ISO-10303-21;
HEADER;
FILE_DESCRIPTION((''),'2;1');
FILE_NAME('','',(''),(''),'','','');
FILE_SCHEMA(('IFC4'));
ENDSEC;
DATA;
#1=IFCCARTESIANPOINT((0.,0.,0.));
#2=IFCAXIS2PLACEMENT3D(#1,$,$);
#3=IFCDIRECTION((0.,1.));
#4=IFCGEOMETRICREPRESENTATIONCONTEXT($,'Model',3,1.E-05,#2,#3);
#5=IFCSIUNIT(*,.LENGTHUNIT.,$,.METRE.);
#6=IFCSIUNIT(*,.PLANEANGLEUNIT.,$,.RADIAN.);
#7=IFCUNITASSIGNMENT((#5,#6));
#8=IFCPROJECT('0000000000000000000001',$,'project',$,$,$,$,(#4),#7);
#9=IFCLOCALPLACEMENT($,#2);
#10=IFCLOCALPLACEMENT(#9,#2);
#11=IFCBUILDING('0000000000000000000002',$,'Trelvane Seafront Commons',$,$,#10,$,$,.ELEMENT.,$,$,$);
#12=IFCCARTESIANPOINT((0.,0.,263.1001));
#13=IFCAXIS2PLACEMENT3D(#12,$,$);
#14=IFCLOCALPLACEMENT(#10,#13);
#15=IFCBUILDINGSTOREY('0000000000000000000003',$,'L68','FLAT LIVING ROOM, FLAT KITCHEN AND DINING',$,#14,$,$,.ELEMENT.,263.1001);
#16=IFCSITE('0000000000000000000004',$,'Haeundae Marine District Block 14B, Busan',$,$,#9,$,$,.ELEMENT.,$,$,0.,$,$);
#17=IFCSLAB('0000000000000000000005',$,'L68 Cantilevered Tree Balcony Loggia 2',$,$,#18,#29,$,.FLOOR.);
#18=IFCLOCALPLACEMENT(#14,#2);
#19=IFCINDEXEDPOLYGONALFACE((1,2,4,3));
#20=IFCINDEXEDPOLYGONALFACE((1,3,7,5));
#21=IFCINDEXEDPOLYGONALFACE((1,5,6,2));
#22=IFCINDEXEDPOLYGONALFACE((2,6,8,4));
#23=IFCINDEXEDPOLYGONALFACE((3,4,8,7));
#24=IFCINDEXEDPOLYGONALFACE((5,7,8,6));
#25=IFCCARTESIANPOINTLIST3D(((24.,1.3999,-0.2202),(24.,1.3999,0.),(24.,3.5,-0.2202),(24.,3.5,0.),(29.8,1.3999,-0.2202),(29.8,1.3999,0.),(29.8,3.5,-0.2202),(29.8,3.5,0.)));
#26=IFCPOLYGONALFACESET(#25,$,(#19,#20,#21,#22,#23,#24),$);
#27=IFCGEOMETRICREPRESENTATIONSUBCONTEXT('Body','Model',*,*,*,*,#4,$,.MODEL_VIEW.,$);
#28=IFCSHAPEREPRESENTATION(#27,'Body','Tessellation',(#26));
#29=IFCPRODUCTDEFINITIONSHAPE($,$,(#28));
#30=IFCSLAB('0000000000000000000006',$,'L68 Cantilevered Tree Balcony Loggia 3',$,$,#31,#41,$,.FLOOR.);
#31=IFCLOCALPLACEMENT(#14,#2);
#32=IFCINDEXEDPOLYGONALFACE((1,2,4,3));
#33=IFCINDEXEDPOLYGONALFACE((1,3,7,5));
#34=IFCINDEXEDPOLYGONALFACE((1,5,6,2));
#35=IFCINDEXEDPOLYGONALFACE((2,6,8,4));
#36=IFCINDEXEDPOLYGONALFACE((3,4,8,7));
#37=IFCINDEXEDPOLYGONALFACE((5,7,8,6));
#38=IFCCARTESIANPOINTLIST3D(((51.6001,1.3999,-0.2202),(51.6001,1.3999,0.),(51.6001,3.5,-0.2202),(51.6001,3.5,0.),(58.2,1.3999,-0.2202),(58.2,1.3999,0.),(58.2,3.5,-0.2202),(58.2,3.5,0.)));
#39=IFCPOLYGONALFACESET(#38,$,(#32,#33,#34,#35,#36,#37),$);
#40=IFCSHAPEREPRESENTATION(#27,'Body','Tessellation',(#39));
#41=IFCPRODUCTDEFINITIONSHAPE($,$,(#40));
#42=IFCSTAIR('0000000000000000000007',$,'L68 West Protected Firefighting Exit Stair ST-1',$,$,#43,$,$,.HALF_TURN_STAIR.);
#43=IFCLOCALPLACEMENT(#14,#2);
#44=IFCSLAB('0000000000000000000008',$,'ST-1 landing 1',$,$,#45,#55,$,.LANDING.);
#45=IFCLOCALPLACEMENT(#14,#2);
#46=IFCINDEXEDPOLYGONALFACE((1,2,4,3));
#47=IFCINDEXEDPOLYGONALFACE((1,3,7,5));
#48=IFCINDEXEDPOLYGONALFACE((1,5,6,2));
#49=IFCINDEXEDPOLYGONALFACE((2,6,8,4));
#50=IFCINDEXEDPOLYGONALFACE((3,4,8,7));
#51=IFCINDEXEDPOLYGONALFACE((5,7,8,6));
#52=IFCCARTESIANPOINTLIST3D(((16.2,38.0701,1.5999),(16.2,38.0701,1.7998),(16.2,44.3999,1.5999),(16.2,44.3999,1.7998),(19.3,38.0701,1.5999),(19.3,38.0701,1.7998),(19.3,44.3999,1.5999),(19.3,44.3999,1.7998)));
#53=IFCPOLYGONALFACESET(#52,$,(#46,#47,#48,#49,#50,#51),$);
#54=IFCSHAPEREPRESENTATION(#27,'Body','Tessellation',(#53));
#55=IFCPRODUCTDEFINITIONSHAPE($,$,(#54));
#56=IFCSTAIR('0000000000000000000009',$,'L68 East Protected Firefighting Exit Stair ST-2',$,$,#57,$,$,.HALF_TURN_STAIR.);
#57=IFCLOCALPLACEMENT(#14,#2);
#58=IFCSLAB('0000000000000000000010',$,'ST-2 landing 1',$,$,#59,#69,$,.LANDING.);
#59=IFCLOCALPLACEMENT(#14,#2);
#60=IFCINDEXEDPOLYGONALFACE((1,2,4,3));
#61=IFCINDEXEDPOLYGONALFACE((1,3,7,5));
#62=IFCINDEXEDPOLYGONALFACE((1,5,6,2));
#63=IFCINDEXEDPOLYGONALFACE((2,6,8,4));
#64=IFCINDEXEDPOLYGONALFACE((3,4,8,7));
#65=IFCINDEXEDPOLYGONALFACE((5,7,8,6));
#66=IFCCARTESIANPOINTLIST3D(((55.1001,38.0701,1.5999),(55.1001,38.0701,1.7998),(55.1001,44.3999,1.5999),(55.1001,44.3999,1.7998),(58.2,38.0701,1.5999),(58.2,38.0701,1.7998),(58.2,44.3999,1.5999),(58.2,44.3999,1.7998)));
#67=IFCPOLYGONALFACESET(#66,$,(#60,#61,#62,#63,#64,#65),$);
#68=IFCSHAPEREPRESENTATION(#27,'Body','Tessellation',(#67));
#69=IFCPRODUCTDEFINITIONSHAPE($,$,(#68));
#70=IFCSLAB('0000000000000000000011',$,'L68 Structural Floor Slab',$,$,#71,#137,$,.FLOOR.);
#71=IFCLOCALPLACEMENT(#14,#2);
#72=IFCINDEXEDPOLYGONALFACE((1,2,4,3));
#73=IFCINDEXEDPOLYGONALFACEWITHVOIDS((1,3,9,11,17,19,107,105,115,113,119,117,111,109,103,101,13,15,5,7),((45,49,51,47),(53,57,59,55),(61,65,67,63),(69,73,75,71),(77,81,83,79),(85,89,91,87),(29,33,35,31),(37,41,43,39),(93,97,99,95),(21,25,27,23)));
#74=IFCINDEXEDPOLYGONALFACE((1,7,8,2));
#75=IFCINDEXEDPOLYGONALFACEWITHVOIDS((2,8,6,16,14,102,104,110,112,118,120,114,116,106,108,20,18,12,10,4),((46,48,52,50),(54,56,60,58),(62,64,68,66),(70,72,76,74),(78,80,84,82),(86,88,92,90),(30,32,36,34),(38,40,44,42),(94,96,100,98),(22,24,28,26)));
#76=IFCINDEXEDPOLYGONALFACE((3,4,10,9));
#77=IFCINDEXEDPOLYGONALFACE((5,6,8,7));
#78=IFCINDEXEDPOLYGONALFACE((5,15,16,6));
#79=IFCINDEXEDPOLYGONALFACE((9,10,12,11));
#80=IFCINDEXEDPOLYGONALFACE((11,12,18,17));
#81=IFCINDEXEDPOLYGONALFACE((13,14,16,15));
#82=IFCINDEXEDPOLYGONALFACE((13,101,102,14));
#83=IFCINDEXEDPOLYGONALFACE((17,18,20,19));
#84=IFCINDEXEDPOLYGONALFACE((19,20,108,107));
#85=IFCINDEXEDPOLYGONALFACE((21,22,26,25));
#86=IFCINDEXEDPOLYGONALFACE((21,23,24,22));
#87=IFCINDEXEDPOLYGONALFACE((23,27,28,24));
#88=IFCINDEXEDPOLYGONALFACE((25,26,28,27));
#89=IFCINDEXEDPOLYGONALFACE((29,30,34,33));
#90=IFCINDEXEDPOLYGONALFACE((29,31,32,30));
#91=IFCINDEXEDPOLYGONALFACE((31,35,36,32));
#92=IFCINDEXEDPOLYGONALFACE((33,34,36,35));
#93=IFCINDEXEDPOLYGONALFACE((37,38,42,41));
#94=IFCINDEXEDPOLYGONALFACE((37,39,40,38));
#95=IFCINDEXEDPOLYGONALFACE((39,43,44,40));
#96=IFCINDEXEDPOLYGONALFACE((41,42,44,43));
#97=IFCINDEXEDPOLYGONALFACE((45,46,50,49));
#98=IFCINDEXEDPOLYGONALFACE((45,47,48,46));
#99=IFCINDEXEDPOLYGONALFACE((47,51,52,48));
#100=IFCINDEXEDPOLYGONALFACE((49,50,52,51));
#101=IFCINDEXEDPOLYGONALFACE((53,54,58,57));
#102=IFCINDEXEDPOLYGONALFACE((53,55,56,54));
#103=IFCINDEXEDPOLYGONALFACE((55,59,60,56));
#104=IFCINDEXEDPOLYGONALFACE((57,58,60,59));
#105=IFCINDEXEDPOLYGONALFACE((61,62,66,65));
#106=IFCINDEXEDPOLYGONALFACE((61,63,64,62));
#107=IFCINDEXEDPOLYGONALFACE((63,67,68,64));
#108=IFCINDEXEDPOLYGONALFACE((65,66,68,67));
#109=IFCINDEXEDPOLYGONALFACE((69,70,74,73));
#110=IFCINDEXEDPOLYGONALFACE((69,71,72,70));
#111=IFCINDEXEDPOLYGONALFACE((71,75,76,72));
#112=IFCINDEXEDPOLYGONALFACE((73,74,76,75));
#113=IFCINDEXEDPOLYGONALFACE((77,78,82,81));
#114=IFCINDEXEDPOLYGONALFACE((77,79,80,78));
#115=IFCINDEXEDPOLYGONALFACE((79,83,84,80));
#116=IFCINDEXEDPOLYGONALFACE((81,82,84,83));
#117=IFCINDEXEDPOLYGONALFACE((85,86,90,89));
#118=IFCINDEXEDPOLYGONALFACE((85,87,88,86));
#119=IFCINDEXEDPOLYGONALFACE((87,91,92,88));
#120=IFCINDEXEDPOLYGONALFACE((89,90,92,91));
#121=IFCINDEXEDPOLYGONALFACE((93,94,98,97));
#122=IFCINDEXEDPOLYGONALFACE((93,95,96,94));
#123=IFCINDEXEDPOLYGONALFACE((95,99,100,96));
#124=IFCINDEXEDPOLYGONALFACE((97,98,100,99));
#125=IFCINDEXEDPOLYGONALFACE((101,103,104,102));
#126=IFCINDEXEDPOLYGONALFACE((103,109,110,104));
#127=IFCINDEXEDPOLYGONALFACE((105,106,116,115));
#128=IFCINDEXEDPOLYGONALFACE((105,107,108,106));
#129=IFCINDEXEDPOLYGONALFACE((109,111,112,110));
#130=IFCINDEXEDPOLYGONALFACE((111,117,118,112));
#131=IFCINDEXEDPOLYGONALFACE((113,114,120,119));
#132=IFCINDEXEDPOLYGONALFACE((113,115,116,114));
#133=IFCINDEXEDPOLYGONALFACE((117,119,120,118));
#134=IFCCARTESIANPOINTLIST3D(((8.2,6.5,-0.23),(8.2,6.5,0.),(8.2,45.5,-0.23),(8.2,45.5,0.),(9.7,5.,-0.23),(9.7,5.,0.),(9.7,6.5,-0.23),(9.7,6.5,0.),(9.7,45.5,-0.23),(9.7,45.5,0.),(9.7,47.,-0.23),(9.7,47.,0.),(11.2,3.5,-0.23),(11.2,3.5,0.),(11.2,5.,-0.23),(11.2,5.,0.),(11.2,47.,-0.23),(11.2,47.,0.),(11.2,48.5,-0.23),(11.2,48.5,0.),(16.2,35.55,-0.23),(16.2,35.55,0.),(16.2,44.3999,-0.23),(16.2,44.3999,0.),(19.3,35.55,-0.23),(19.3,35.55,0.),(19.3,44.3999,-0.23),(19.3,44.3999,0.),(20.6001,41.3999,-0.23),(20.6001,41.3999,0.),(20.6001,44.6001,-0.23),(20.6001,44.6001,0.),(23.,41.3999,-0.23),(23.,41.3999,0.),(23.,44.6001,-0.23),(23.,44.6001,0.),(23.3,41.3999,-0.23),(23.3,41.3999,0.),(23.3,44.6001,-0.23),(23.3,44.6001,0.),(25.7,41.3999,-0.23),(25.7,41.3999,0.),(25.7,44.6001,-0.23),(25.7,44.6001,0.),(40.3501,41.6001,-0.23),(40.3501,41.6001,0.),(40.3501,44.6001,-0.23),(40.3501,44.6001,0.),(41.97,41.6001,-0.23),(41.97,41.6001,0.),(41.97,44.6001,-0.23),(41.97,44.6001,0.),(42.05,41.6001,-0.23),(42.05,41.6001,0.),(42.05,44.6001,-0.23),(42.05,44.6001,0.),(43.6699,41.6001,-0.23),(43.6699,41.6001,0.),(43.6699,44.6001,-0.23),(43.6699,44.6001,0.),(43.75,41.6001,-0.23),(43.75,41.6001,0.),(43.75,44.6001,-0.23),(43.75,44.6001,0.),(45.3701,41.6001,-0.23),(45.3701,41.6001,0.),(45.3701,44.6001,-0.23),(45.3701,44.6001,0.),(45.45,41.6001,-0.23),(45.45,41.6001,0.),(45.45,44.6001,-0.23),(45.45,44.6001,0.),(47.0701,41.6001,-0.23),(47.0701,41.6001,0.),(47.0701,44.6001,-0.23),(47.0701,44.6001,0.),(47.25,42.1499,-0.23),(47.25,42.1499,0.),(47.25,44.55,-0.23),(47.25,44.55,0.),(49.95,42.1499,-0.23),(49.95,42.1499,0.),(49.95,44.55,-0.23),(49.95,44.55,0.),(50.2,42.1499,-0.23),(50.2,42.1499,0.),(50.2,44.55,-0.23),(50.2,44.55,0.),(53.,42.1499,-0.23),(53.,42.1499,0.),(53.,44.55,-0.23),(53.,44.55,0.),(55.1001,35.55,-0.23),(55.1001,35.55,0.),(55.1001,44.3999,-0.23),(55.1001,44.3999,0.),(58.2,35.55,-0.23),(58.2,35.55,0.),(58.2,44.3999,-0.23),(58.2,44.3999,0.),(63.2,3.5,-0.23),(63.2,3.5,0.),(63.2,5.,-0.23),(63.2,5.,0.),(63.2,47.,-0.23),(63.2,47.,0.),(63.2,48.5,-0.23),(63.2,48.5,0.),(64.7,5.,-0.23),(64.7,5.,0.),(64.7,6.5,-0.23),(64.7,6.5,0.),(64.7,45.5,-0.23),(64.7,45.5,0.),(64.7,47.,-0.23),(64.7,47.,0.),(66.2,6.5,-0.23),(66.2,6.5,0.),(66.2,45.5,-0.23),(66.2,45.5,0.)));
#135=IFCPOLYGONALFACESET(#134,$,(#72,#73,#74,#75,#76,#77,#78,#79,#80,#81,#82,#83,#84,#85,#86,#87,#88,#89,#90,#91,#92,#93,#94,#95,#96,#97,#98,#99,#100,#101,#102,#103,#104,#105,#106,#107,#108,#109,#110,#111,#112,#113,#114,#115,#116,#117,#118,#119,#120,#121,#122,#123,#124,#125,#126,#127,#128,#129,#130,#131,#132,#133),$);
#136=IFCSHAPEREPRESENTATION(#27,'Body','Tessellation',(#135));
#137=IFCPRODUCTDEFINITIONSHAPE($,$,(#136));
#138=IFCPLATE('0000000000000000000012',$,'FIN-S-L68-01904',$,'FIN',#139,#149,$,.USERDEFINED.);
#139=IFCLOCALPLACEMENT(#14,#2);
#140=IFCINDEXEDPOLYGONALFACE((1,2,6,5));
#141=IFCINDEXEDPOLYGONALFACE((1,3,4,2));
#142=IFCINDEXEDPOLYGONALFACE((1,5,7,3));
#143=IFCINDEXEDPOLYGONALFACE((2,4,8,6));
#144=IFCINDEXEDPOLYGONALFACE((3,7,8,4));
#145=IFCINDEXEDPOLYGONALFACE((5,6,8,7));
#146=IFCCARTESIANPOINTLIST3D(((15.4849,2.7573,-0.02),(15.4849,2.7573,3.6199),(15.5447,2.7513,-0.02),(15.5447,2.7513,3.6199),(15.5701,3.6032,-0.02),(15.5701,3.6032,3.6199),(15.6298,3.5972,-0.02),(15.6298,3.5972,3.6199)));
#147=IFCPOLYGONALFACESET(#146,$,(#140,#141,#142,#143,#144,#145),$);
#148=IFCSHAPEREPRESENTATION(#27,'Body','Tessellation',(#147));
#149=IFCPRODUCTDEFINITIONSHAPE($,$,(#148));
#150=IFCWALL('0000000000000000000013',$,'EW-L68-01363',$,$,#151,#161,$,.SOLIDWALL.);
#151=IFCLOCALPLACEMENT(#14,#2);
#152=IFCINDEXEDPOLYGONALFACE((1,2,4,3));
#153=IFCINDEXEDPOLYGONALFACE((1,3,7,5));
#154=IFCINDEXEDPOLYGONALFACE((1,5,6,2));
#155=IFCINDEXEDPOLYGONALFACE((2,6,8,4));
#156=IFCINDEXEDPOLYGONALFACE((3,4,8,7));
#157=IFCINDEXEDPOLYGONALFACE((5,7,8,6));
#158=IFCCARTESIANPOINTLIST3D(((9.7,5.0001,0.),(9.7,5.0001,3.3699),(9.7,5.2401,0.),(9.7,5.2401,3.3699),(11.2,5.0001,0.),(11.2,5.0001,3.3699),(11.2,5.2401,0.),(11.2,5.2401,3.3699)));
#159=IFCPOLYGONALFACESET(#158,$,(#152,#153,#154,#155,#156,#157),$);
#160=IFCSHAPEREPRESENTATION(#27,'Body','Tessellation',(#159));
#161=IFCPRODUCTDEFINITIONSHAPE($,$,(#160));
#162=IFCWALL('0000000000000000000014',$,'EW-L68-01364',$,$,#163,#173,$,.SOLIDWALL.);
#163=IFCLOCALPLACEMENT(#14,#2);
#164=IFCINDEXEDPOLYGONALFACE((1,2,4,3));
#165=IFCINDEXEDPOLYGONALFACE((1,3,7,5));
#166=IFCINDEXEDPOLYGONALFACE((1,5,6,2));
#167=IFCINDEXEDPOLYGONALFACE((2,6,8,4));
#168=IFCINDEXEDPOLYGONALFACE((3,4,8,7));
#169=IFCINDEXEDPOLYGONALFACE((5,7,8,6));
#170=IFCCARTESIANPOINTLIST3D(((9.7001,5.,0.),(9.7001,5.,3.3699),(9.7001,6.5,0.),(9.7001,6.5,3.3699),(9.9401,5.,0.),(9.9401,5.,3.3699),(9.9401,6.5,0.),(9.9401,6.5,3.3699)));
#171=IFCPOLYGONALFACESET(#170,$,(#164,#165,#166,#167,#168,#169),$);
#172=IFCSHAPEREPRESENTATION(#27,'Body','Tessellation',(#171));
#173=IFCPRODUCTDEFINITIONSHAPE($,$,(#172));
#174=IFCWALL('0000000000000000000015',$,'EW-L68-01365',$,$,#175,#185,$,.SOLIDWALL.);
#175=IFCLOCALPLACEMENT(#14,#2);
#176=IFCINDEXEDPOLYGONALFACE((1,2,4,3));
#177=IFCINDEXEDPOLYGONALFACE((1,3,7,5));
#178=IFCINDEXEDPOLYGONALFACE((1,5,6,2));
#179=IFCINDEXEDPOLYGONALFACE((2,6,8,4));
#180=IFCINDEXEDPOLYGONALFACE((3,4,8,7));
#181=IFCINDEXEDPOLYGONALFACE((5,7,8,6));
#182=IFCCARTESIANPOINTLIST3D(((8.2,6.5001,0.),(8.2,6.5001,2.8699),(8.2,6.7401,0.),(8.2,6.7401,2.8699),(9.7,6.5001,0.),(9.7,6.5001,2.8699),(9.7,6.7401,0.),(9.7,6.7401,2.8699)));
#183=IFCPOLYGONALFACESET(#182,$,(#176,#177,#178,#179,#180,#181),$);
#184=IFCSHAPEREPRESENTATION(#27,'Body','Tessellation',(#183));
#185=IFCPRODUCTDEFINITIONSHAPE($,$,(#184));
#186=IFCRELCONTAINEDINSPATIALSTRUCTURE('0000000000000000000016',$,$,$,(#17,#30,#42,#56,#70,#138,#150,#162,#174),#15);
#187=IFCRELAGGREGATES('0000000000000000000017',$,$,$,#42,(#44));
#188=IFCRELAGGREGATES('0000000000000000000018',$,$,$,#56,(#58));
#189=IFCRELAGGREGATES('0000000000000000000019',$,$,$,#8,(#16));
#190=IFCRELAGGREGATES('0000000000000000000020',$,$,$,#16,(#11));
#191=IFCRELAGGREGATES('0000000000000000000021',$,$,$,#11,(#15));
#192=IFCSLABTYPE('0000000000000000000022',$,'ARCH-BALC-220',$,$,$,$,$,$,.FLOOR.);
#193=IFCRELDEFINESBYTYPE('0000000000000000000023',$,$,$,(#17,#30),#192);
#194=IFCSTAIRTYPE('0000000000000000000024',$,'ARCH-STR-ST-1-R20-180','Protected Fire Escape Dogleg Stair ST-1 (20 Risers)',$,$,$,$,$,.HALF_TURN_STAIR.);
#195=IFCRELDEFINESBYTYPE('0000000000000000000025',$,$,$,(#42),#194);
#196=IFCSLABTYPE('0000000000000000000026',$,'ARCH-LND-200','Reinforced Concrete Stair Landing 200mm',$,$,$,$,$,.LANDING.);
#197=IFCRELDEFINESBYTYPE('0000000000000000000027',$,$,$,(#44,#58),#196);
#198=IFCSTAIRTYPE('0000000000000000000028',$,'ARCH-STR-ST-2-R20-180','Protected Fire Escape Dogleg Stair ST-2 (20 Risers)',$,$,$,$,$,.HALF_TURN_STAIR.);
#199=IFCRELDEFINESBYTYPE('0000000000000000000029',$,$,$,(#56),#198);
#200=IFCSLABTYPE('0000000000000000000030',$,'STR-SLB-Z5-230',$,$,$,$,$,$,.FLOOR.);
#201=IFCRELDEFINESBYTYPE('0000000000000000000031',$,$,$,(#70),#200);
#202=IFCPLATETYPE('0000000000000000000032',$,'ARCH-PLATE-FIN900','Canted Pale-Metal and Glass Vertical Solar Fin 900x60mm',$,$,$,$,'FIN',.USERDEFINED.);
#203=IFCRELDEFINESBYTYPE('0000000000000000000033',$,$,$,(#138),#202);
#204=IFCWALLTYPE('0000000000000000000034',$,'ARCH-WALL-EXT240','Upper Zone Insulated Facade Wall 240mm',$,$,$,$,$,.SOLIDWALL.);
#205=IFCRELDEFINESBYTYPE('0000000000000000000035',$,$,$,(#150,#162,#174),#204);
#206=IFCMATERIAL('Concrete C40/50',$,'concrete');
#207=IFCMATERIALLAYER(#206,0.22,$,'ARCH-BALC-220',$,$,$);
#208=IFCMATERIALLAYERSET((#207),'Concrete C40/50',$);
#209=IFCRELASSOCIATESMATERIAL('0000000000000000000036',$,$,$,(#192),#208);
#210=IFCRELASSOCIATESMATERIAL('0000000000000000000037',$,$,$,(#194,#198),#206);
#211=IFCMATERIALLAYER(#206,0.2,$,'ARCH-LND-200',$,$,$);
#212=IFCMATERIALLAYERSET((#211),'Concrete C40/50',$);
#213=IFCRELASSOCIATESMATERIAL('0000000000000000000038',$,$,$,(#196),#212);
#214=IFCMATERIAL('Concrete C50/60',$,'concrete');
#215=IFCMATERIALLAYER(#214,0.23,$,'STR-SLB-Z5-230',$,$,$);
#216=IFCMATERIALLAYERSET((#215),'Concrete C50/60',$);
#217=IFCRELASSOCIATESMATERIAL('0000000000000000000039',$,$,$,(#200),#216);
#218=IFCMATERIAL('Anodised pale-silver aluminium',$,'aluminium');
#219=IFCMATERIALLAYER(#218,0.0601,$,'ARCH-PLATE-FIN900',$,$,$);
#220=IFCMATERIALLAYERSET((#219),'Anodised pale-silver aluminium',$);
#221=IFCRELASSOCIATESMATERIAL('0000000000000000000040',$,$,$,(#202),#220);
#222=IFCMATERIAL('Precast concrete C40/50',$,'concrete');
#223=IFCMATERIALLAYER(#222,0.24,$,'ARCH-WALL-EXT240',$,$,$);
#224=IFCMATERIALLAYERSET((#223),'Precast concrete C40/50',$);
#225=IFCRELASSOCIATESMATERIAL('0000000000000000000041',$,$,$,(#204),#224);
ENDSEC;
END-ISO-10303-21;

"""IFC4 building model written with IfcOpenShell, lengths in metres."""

from ifc_helpers import new_model, si_unit, direction, frame, frame_2d, origin, origin_2d, place, context, subcontext, project, spatial, polyline, rectangle, outline, extrude, source, transform, mapped, material, layer, layer_set, type_object, element, aggregate, save


model = new_model("IFC4")

# Units and contexts
model_context = context("Model", 3, precision=1e-05, world=origin(), true_north=direction((0.0, 1.0)))
body_context = subcontext(model_context, "Body", "Model", "MODEL_VIEW")
ifc_project = project(units=[si_unit("LENGTHUNIT", "METRE"), si_unit("PLANEANGLEUNIT", "RADIAN")], contexts=[model_context])

# Site, building, storey
site_placement = place(None, origin())
site = spatial("IfcSite", under=ifc_project, at=site_placement, Name="Haeundae Marine District Block 14B, Busan", CompositionType="ELEMENT", RefElevation=0.0)
building_placement = place(site_placement, origin())
building = spatial("IfcBuilding", under=site, at=building_placement, Name="Trelvane Seafront Commons", CompositionType="ELEMENT")
storey_placement = place(building_placement, frame((0.0, 0.0, 263.1001)))
storey = spatial("IfcBuildingStorey", under=building, at=storey_placement, Name="L68", Description="FLAT LIVING ROOM, FLAT KITCHEN AND DINING", CompositionType="ELEMENT", Elevation=263.1001)

# Slabs
ifc_material_1 = material(Name="Concrete C40/50", Category="concrete")
ifc_layer_1 = layer(ifc_material_1, 0.22, Name="ARCH-BALC-220")
ifc_layer_set_1 = layer_set([ifc_layer_1], Name="Concrete C40/50")
slab_type_1 = type_object("IfcSlabType", Name="ARCH-BALC-220", PredefinedType="FLOOR", material=ifc_layer_set_1)
slab_1_placement = place(storey_placement, frame((0.0, 0.0, -0.2202)))
element("IfcSlab", 1, at=slab_1_placement, inside=storey, type_object=slab_type_1, Name="L68 Cantilevered Tree Balcony Loggia 2", PredefinedType="FLOOR", context=body_context, shape_type="SweptSolid", body=[
    extrude(outline(polyline([(24.0, 1.3999), (29.8, 1.3999), (29.8, 3.5), (24.0, 3.5), (24.0, 1.3999)])), origin(), (0.0, 0.0, 1.0), 0.2202),
])
slab_2_placement = place(storey_placement, frame((0.0, 0.0, -0.2202)))
element("IfcSlab", 2, at=slab_2_placement, inside=storey, type_object=slab_type_1, Name="L68 Cantilevered Tree Balcony Loggia 3", PredefinedType="FLOOR", context=body_context, shape_type="SweptSolid", body=[
    extrude(outline(polyline([(51.6001, 1.3999), (58.2, 1.3999), (58.2, 3.5), (51.6001, 3.5), (51.6001, 1.3999)])), origin(), (0.0, 0.0, 1.0), 0.2202),
])

# Stairs, slabs
stair_type_1 = type_object("IfcStairType", Name="ARCH-STR-ST-1-R20-180", Description="Protected Fire Escape Dogleg Stair ST-1 (20 Risers)", PredefinedType="HALF_TURN_STAIR", material=ifc_material_1)
stair_1_placement = place(storey_placement, origin())
stair_1 = element("IfcStair", 3, at=stair_1_placement, inside=storey, type_object=stair_type_1, Name="L68 West Protected Firefighting Exit Stair ST-1", PredefinedType="HALF_TURN_STAIR")
ifc_layer_2 = layer(ifc_material_1, 0.2, Name="ARCH-LND-200")
ifc_layer_set_2 = layer_set([ifc_layer_2], Name="Concrete C40/50")
slab_type_2 = type_object("IfcSlabType", Name="ARCH-LND-200", Description="Reinforced Concrete Stair Landing 200mm", PredefinedType="LANDING", material=ifc_layer_set_2)
slab_3_placement = place(storey_placement, frame((0.0, 0.0, 1.5999)))
slab_3 = element("IfcSlab", 4, at=slab_3_placement, type_object=slab_type_2, Name="ST-1 landing 1", PredefinedType="LANDING", context=body_context, shape_type="SweptSolid", body=[
    extrude(outline(polyline([(19.3, 38.0701), (19.3, 44.3999), (16.2, 44.3999), (16.2, 38.0701), (19.3, 38.0701)])), origin(), (0.0, 0.0, 1.0), 0.2),
])
aggregate(stair_1, [slab_3])
stair_type_2 = type_object("IfcStairType", Name="ARCH-STR-ST-2-R20-180", Description="Protected Fire Escape Dogleg Stair ST-2 (20 Risers)", PredefinedType="HALF_TURN_STAIR", material=ifc_material_1)
stair_2_placement = place(storey_placement, origin())
stair_2 = element("IfcStair", 5, at=stair_2_placement, inside=storey, type_object=stair_type_2, Name="L68 East Protected Firefighting Exit Stair ST-2", PredefinedType="HALF_TURN_STAIR")
slab_4_placement = place(storey_placement, frame((0.0, 0.0, 1.5999)))
slab_4 = element("IfcSlab", 6, at=slab_4_placement, type_object=slab_type_2, Name="ST-2 landing 1", PredefinedType="LANDING", context=body_context, shape_type="SweptSolid", body=[
    extrude(outline(polyline([(58.2, 38.0701), (58.2, 44.3999), (55.1001, 44.3999), (55.1001, 38.0701), (58.2, 38.0701)])), origin(), (0.0, 0.0, 1.0), 0.2),
])
aggregate(stair_2, [slab_4])

# Slab
ifc_material_2 = material(Name="Concrete C50/60", Category="concrete")
ifc_layer_3 = layer(ifc_material_2, 0.23, Name="STR-SLB-Z5-230")
ifc_layer_set_3 = layer_set([ifc_layer_3], Name="Concrete C50/60")
slab_type_3 = type_object("IfcSlabType", Name="STR-SLB-Z5-230", PredefinedType="FLOOR", material=ifc_layer_set_3)
slab_5_placement = place(storey_placement, frame((0.0, 0.0, -0.23)))
element("IfcSlab", 7, at=slab_5_placement, inside=storey, type_object=slab_type_3, Name="L68 Structural Floor Slab", PredefinedType="FLOOR", context=body_context, shape_type="SweptSolid", body=[
    extrude(outline(polyline([(11.2, 3.5), (63.2, 3.5), (63.2, 5.0), (64.7, 5.0), (64.7, 6.5), (66.2, 6.5), (66.2, 45.5), (64.7, 45.5), (64.7, 47.0), (63.2, 47.0), (63.2, 48.5), (11.2, 48.5), (11.2, 47.0), (9.7, 47.0), (9.7, 45.5), (8.2, 45.5), (8.2, 6.5), (9.7, 6.5), (9.7, 5.0), (11.2, 5.0), (11.2, 3.5)]), holes=[polyline([(19.3, 35.55), (16.2, 35.55), (16.2, 44.3999), (19.3, 44.3999), (19.3, 35.55)]), polyline([(58.2, 35.55), (55.1001, 35.55), (55.1001, 44.3999), (58.2, 44.3999), (58.2, 35.55)]), polyline([(23.0, 41.3999), (20.6001, 41.3999), (20.6001, 44.6001), (23.0, 44.6001), (23.0, 41.3999)]), polyline([(23.3, 41.3999), (23.3, 44.6001), (25.7, 44.6001), (25.7, 41.3999), (23.3, 41.3999)]), polyline([(40.3501, 41.6001), (40.3501, 44.6001), (41.97, 44.6001), (41.97, 41.6001), (40.3501, 41.6001)]), polyline([(43.6699, 41.6001), (42.05, 41.6001), (42.05, 44.6001), (43.6699, 44.6001), (43.6699, 41.6001)]), polyline([(45.3701, 41.6001), (43.75, 41.6001), (43.75, 44.6001), (45.3701, 44.6001), (45.3701, 41.6001)]), polyline([(47.0701, 41.6001), (45.45, 41.6001), (45.45, 44.6001), (47.0701, 44.6001), (47.0701, 41.6001)]), polyline([(47.25, 42.1499), (47.25, 44.55), (49.95, 44.55), (49.95, 42.1499), (47.25, 42.1499)]), polyline([(50.2, 42.1499), (50.2, 44.55), (53.0, 44.55), (53.0, 42.1499), (50.2, 42.1499)])]), origin(), (0.0, 0.0, 1.0), 0.23),
])

# Plate
ifc_material_3 = material(Name="Anodised pale-silver aluminium", Category="aluminium")
ifc_layer_4 = layer(ifc_material_3, 0.0601, Name="ARCH-PLATE-FIN900")
ifc_layer_set_4 = layer_set([ifc_layer_4], Name="Anodised pale-silver aluminium")
plate_type = type_object("IfcPlateType", Name="ARCH-PLATE-FIN900", Description="Canted Pale-Metal and Glass Vertical Solar Fin 900x60mm", ElementType="FIN", PredefinedType="USERDEFINED", material=ifc_layer_set_4)
shared_shape_1 = source(origin(), body_context, "Body", "SweptSolid", [
    extrude(rectangle(XDim=0.8501, YDim=0.0601, at=origin_2d()), origin(), (0.0, 0.0, 1.0), 3.6399),
])
plate_placement = place(storey_placement, frame((15.5574, 3.1772, -0.02), z_axis=(0.0, 0.0, 1.0), x_axis=(-0.10012, -0.994975, 0.0)))
element("IfcPlate", 8, at=plate_placement, inside=storey, type_object=plate_type, Name="FIN-S-L68-01904", ObjectType="FIN", PredefinedType="USERDEFINED", context=body_context, shape_type="MappedRepresentation", body=[
    mapped(shared_shape_1, transform((0.0, 0.0, 0.0), x_axis=(1.0, 0.0, 0.0), y_axis=(0.0, 1.0, 0.0), z_axis=(0.0, 0.0, 1.0), scale=1.0)),
])

# Walls
ifc_material_4 = material(Name="Precast concrete C40/50", Category="concrete")
ifc_layer_5 = layer(ifc_material_4, 0.24, Name="ARCH-WALL-EXT240")
ifc_layer_set_5 = layer_set([ifc_layer_5], Name="Precast concrete C40/50")
wall_type_1 = type_object("IfcWallType", Name="ARCH-WALL-EXT240", Description="Upper Zone Insulated Facade Wall 240mm", PredefinedType="SOLIDWALL", material=ifc_layer_set_5)
for number, where, z_axis, x_axis, name in (
    (9, (11.2, 5.1201, 0.0), (0.0, 0.0, 1.0), (-1.0, 0.0, 0.0), "EW-L68-01363"),
    (10, (9.8201, 5.0, 0.0), (0.0, 0.0, 1.0), (0.0, 1.0, 0.0), "EW-L68-01364"),
):
    element("IfcWall", number, at=place(storey_placement, frame(where, z_axis=z_axis, x_axis=x_axis)), inside=storey, type_object=wall_type_1, Name=name, PredefinedType="SOLIDWALL", context=body_context, shape_type="SweptSolid", body=[
        extrude(rectangle(XDim=1.5, YDim=0.24, at=frame_2d((0.75, 0.0))), origin(), (0.0, 0.0, 1.0), 3.3699),
    ])
wall_1_placement = place(storey_placement, frame((9.7, 6.6201, 0.0), z_axis=(0.0, 0.0, 1.0), x_axis=(-1.0, 0.0, 0.0)))
element("IfcWall", 11, at=wall_1_placement, inside=storey, type_object=wall_type_1, Name="EW-L68-01365", PredefinedType="SOLIDWALL", context=body_context, shape_type="SweptSolid", body=[
    extrude(rectangle(XDim=1.5, YDim=0.24, at=frame_2d((0.75, 0.0))), origin(), (0.0, 0.0, 1.0), 2.8699),
])

save(model, "model.ifc")
